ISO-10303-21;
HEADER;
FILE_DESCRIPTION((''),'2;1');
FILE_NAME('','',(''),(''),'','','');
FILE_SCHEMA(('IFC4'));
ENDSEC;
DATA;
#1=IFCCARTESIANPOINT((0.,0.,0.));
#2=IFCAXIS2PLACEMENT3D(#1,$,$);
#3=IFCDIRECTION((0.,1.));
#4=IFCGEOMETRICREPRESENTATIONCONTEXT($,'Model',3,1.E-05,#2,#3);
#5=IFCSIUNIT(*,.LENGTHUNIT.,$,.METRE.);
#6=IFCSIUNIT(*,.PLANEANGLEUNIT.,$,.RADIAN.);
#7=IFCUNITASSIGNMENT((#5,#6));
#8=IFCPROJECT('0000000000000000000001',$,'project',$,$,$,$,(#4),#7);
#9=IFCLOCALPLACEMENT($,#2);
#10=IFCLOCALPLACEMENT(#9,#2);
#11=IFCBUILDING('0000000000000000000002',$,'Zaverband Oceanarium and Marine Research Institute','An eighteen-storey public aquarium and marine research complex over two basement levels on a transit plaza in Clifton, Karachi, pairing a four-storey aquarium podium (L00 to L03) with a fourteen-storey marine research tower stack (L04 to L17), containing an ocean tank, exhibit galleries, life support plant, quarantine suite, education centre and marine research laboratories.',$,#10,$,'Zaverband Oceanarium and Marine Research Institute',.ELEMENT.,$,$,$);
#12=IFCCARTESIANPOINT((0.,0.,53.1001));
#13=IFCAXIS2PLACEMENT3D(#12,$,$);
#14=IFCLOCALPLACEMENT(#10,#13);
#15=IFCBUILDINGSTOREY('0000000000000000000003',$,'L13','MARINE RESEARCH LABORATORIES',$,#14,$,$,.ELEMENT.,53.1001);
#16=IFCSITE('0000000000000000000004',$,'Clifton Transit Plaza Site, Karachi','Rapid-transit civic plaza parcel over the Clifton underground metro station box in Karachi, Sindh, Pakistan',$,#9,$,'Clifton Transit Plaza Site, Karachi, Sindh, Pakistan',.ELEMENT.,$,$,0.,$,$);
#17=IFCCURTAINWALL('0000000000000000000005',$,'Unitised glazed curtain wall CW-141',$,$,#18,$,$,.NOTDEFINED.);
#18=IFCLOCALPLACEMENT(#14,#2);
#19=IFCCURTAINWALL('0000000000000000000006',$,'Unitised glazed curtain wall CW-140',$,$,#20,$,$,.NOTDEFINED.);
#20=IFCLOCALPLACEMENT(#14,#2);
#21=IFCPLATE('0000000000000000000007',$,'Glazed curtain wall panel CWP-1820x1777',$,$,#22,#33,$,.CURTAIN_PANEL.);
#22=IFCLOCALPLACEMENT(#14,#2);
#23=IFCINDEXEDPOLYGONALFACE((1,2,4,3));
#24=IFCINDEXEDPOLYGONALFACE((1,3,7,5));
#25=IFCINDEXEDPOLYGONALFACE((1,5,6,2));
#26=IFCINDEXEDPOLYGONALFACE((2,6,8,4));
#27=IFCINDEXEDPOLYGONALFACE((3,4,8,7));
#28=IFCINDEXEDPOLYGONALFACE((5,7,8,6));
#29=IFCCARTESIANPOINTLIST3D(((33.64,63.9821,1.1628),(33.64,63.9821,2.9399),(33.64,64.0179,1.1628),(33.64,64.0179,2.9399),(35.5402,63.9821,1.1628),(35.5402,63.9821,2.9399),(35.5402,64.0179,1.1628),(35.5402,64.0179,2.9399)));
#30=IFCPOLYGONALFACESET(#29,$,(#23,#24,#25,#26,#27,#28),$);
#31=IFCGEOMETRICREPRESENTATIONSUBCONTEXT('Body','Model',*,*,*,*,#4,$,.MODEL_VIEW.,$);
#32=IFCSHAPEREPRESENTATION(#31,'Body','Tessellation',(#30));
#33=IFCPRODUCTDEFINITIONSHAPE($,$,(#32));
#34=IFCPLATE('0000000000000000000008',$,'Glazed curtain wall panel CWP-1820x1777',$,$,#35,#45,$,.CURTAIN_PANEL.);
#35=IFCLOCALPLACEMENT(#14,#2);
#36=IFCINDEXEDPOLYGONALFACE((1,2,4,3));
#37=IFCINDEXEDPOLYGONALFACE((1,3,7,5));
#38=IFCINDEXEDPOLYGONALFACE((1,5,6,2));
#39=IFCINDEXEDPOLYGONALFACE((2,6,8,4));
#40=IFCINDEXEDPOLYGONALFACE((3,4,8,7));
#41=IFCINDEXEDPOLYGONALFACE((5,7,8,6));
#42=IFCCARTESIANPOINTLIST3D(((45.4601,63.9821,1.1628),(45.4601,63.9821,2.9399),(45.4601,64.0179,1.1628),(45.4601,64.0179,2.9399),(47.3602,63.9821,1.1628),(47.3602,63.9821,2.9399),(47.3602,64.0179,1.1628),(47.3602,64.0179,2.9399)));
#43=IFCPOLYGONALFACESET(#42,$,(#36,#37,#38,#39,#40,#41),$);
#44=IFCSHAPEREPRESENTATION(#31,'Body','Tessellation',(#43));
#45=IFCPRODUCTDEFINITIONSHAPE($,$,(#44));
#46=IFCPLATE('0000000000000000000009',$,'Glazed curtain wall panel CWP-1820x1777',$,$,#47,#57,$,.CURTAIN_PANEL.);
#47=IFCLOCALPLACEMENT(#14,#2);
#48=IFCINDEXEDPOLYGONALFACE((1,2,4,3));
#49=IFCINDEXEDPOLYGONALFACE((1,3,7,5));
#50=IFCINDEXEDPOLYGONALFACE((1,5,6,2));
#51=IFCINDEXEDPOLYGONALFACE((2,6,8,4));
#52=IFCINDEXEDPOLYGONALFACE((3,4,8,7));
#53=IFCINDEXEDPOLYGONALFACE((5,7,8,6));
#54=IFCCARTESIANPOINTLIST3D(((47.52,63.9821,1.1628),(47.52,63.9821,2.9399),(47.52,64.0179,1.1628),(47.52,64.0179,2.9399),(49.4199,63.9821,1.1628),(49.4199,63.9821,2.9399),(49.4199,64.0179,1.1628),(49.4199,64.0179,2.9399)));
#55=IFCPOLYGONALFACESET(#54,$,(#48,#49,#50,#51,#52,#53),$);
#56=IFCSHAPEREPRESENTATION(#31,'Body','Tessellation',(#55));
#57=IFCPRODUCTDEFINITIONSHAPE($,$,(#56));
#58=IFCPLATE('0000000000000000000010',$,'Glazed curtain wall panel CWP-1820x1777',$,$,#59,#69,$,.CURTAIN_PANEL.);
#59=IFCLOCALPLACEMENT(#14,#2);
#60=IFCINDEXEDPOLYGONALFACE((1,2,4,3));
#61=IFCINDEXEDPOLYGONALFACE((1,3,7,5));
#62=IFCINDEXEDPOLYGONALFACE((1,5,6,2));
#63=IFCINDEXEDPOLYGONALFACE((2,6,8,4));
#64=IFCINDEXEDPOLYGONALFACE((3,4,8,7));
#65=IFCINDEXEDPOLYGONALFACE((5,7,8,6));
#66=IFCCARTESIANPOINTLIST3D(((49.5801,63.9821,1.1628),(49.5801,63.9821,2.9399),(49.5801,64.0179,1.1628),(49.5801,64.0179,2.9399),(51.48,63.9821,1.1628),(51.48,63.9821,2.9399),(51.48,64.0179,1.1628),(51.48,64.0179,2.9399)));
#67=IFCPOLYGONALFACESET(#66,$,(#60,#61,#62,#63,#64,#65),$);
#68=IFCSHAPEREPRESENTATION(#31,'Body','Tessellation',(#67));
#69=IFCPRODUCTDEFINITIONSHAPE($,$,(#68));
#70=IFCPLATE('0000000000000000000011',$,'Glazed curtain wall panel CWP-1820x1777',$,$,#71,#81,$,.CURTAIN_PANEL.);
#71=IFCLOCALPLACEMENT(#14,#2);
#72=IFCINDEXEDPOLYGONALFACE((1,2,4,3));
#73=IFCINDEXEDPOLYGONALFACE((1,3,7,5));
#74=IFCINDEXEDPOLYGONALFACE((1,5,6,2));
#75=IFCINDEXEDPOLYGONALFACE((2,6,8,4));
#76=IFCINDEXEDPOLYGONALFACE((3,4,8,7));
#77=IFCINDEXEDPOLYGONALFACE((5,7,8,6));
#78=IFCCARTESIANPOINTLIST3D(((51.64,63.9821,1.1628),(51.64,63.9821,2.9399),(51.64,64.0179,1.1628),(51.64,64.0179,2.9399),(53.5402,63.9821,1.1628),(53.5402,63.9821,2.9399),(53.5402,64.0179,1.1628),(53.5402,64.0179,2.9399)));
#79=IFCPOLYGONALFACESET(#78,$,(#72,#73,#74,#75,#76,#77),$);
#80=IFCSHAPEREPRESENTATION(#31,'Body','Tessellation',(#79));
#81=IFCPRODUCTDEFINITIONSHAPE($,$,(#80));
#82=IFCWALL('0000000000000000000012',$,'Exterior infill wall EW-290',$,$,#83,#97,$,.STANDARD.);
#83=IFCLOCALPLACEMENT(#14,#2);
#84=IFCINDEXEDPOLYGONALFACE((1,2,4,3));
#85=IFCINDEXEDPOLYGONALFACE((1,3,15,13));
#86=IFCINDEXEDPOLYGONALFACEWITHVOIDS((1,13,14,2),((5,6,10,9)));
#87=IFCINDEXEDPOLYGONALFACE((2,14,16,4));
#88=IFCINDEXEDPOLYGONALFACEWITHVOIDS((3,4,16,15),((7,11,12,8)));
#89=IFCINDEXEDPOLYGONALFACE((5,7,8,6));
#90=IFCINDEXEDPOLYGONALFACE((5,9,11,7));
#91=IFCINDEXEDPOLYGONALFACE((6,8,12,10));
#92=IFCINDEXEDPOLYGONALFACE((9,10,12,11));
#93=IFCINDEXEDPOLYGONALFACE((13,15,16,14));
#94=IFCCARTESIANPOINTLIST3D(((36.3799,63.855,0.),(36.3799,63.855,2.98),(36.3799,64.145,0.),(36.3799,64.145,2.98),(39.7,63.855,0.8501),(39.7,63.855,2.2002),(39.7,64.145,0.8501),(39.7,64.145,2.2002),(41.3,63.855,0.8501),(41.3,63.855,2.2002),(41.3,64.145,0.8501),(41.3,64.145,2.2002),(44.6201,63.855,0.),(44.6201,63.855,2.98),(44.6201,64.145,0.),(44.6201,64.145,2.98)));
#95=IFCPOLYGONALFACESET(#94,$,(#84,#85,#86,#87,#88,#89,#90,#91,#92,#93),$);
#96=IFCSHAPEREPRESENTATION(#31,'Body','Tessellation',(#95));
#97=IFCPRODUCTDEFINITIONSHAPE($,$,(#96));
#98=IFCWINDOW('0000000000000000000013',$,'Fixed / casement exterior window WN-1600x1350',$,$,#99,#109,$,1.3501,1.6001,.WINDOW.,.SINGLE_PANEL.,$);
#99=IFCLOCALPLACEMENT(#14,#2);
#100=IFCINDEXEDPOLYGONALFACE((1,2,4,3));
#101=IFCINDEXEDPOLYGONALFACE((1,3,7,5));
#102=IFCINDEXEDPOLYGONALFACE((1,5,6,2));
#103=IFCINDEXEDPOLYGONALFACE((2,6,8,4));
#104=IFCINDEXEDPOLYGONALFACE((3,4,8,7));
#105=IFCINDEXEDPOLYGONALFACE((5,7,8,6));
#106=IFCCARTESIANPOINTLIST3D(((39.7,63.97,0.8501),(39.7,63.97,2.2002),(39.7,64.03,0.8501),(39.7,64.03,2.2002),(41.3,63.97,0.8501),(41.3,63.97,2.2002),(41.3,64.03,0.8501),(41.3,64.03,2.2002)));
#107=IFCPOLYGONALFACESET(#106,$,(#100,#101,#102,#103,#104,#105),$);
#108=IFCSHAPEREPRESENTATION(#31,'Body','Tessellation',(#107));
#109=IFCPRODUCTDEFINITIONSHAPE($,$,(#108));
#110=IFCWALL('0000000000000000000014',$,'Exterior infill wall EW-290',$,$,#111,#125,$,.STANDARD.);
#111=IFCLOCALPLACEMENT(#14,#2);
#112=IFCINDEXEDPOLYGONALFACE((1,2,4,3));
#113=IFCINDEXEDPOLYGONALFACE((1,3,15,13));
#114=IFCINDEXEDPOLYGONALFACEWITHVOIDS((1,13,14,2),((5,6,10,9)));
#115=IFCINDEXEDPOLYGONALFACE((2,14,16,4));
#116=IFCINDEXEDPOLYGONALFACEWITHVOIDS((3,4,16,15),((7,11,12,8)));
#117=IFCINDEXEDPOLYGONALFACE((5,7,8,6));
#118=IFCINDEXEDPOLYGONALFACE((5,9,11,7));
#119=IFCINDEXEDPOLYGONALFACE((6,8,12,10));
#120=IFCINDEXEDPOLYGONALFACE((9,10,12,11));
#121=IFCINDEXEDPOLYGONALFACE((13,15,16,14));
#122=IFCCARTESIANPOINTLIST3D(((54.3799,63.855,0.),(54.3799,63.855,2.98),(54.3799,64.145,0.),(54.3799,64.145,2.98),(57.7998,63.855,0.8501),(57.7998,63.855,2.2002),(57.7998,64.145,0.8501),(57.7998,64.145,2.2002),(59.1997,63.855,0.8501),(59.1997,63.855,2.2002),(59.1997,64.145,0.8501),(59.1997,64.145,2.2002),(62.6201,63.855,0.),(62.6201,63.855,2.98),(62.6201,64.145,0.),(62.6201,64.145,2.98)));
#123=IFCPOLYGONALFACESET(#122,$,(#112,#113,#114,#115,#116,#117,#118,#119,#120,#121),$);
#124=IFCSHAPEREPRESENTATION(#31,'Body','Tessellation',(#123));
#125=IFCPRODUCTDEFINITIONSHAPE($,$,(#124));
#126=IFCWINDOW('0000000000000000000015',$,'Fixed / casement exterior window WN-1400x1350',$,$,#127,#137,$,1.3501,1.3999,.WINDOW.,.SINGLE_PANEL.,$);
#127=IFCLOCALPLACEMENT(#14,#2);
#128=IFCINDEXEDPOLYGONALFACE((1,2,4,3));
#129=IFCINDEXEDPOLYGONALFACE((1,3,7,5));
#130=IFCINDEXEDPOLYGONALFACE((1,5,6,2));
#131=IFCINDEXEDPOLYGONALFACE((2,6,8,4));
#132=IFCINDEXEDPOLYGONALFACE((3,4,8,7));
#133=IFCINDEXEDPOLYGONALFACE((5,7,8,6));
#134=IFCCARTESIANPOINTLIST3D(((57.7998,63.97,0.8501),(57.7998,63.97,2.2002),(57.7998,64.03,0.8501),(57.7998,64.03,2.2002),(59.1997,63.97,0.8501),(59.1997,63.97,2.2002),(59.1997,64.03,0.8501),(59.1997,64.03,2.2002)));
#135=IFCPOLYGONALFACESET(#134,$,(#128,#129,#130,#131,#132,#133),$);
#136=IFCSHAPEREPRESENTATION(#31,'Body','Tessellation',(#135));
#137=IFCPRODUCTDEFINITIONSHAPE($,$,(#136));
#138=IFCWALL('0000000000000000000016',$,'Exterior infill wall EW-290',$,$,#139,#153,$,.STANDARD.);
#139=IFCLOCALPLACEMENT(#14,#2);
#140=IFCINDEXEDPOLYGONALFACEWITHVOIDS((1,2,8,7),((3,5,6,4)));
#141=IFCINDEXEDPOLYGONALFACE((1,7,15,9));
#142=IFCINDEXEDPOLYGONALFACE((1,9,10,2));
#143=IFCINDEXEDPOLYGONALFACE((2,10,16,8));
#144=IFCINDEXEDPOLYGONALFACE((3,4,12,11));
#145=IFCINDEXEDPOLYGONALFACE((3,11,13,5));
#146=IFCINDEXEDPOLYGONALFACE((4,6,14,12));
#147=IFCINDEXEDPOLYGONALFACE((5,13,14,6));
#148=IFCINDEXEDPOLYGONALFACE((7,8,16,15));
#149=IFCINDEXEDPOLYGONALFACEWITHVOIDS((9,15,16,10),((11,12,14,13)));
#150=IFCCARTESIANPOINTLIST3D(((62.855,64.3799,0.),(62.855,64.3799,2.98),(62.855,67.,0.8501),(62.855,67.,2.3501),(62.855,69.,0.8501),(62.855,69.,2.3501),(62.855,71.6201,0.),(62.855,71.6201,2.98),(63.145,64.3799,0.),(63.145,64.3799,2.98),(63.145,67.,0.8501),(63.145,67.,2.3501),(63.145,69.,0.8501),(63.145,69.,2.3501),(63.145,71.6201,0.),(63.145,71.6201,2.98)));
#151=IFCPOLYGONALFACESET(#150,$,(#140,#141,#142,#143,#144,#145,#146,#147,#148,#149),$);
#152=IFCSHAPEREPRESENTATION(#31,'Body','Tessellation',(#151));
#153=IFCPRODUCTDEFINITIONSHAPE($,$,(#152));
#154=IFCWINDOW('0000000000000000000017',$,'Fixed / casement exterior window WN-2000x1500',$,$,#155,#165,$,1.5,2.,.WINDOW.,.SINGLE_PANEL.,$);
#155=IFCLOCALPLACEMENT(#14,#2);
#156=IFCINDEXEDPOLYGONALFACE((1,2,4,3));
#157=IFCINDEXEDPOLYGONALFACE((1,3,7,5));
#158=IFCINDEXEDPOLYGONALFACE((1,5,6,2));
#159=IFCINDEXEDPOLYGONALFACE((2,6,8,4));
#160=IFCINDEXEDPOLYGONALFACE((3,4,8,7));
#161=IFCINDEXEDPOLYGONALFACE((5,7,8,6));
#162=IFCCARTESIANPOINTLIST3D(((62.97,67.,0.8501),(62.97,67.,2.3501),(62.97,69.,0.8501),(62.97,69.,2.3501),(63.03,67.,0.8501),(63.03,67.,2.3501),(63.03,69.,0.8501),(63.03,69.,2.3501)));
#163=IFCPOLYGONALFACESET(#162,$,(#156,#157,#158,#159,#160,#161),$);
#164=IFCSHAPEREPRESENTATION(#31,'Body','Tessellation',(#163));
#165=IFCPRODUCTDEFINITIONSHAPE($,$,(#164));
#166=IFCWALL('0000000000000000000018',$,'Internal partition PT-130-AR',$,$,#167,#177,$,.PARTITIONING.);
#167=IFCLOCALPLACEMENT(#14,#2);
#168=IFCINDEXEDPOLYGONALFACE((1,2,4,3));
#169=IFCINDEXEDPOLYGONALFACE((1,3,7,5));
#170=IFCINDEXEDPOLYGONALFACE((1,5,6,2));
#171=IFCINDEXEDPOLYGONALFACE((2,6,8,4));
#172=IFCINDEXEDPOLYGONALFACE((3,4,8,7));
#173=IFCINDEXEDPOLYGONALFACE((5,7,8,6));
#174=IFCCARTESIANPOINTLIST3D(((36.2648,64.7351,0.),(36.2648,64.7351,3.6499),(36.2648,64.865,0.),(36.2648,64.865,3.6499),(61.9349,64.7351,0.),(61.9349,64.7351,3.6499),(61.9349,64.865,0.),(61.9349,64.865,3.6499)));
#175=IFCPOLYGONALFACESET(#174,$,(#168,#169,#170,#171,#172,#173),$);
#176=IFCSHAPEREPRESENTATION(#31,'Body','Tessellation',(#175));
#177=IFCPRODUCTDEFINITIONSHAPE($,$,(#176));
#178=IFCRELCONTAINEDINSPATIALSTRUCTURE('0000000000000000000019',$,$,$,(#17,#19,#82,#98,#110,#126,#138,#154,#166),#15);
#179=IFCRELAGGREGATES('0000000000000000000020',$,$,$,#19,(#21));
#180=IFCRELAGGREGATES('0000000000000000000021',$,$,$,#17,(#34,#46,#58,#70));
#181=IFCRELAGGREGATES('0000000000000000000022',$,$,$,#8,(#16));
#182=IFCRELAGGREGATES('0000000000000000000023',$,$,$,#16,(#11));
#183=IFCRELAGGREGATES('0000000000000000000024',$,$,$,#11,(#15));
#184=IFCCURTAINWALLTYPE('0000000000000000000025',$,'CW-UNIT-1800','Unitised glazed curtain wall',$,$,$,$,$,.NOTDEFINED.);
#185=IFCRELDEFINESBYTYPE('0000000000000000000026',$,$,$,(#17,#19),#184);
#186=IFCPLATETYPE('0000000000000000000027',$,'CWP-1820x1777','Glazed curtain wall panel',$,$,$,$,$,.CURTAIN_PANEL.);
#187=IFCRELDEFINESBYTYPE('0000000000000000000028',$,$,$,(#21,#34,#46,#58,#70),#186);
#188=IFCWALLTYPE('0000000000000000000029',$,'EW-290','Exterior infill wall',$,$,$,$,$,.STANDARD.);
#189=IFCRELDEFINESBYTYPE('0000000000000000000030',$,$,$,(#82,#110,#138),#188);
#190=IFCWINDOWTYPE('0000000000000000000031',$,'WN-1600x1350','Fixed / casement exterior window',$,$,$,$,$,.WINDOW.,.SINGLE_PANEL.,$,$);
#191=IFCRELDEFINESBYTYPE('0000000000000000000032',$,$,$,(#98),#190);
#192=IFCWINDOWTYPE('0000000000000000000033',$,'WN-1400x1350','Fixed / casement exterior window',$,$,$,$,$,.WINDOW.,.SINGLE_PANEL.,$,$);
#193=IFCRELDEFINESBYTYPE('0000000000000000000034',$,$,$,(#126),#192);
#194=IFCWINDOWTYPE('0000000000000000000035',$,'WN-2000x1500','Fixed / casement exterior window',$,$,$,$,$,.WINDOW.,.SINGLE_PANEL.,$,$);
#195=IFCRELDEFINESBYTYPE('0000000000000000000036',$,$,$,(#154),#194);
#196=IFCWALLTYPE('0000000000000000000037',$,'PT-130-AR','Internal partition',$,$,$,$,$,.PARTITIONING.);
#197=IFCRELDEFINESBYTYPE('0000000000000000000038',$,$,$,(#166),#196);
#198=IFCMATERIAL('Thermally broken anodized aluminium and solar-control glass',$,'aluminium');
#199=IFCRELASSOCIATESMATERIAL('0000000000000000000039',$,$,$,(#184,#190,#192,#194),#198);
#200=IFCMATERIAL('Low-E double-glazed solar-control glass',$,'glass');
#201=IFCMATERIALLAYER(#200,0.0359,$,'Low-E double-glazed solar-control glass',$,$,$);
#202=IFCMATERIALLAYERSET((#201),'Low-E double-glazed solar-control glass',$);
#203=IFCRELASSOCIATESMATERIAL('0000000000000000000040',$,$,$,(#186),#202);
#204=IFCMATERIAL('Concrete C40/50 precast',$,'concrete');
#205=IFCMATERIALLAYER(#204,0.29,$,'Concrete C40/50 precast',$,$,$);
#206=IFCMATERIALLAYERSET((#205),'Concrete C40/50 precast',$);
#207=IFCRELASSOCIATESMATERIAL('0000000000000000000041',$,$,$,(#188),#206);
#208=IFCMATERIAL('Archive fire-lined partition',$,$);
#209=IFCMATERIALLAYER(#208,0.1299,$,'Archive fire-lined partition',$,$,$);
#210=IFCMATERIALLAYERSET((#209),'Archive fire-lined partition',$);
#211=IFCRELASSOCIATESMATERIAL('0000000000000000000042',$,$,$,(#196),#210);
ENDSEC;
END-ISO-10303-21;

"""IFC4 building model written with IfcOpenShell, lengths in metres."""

from ifc_helpers import new_model, si_unit, direction, frame, frame_2d, origin, place, context, subcontext, project, spatial, rectangle, extrude, material, layer, layer_set, type_object, element, fill, aggregate, save


model = new_model("IFC4")

# Units and contexts
model_context = context("Model", 3, precision=1e-05, world=origin(), true_north=direction((0.0, 1.0)))
body_context = subcontext(model_context, "Body", "Model", "MODEL_VIEW")
ifc_project = project(units=[si_unit("LENGTHUNIT", "METRE"), si_unit("PLANEANGLEUNIT", "RADIAN")], contexts=[model_context])

# Site, building, storey
site_placement = place(None, origin())
site = spatial("IfcSite", under=ifc_project, at=site_placement, Name="Clifton Transit Plaza Site, Karachi", Description="Rapid-transit civic plaza parcel over the Clifton underground metro station box in Karachi, Sindh, Pakistan", LongName="Clifton Transit Plaza Site, Karachi, Sindh, Pakistan", CompositionType="ELEMENT", RefElevation=0.0)
building_placement = place(site_placement, origin())
building = spatial("IfcBuilding", under=site, at=building_placement, Name="Zaverband Oceanarium and Marine Research Institute", Description="An eighteen-storey public aquarium and marine research complex over two basement levels on a transit plaza in Clifton, Karachi, pairing a four-storey aquarium podium (L00 to L03) with a fourteen-storey marine research tower stack (L04 to L17), containing an ocean tank, exhibit galleries, life support plant, quarantine suite, education centre and marine research laboratories.", LongName="Zaverband Oceanarium and Marine Research Institute", CompositionType="ELEMENT")
storey_placement = place(building_placement, frame((0.0, 0.0, 53.1001)))
storey = spatial("IfcBuildingStorey", under=building, at=storey_placement, Name="L13", Description="MARINE RESEARCH LABORATORIES", CompositionType="ELEMENT", Elevation=53.1001)

# Curtain wall
ifc_material_1 = material(Name="Thermally broken anodized aluminium and solar-control glass", Category="aluminium")
curtain_wall_type = type_object("IfcCurtainWallType", Name="CW-UNIT-1800", Description="Unitised glazed curtain wall", PredefinedType="NOTDEFINED", material=ifc_material_1)
curtain_wall_1_placement = place(storey_placement, origin())
curtain_wall_1 = element("IfcCurtainWall", 1, at=curtain_wall_1_placement, inside=storey, type_object=curtain_wall_type, Name="Unitised glazed curtain wall CW-141", PredefinedType="NOTDEFINED")

# Curtain wall
curtain_wall_2_placement = place(storey_placement, origin())
curtain_wall_2 = element("IfcCurtainWall", 2, at=curtain_wall_2_placement, inside=storey, type_object=curtain_wall_type, Name="Unitised glazed curtain wall CW-140", PredefinedType="NOTDEFINED")
ifc_material_2 = material(Name="Low-E double-glazed solar-control glass", Category="glass")

# Plates
ifc_layer_1 = layer(ifc_material_2, 0.0359, Name="Low-E double-glazed solar-control glass")
ifc_layer_set_1 = layer_set([ifc_layer_1], Name="Low-E double-glazed solar-control glass")
plate_type_1 = type_object("IfcPlateType", Name="CWP-1820x1777", Description="Glazed curtain wall panel", PredefinedType="CURTAIN_PANEL", material=ifc_layer_set_1)
plate_1_placement = place(storey_placement, frame((33.6399, 64.0, 1.1628), z_axis=(0.0, 0.0, 1.0), x_axis=(1.0, 0.0, 0.0)))
plate_1 = element("IfcPlate", 3, at=plate_1_placement, type_object=plate_type_1, Name="Glazed curtain wall panel CWP-1820x1777", PredefinedType="CURTAIN_PANEL", context=body_context, shape_type="SweptSolid", body=[
    extrude(rectangle(XDim=1.9001, YDim=0.0359, at=frame_2d((0.9502, 0.0))), origin(), (0.0, 0.0, 1.0), 1.7771),
])
aggregate(curtain_wall_2, [plate_1])
plate_2_placement = place(storey_placement, frame((45.46, 64.0, 1.1628), z_axis=(0.0, 0.0, 1.0), x_axis=(1.0, 0.0, 0.0)))
plate_2 = element("IfcPlate", 4, at=plate_2_placement, type_object=plate_type_1, Name="Glazed curtain wall panel CWP-1820x1777", PredefinedType="CURTAIN_PANEL", context=body_context, shape_type="SweptSolid", body=[
    extrude(rectangle(XDim=1.9001, YDim=0.0359, at=frame_2d((0.9502, 0.0))), origin(), (0.0, 0.0, 1.0), 1.7771),
])
plate_3_placement = place(storey_placement, frame((47.52, 64.0, 1.1628), z_axis=(0.0, 0.0, 1.0), x_axis=(1.0, 0.0, 0.0)))
plate_3 = element("IfcPlate", 5, at=plate_3_placement, type_object=plate_type_1, Name="Glazed curtain wall panel CWP-1820x1777", PredefinedType="CURTAIN_PANEL", context=body_context, shape_type="SweptSolid", body=[
    extrude(rectangle(XDim=1.8999, YDim=0.0359, at=frame_2d((0.95, 0.0))), origin(), (0.0, 0.0, 1.0), 1.7771),
])
plate_4_placement = place(storey_placement, frame((49.5801, 64.0, 1.1628), z_axis=(0.0, 0.0, 1.0), x_axis=(1.0, 0.0, 0.0)))
plate_4 = element("IfcPlate", 6, at=plate_4_placement, type_object=plate_type_1, Name="Glazed curtain wall panel CWP-1820x1777", PredefinedType="CURTAIN_PANEL", context=body_context, shape_type="SweptSolid", body=[
    extrude(rectangle(XDim=1.8999, YDim=0.0359, at=frame_2d((0.95, 0.0))), origin(), (0.0, 0.0, 1.0), 1.7771),
])
plate_5_placement = place(storey_placement, frame((51.6399, 64.0, 1.1628), z_axis=(0.0, 0.0, 1.0), x_axis=(1.0, 0.0, 0.0)))
plate_5 = element("IfcPlate", 7, at=plate_5_placement, type_object=plate_type_1, Name="Glazed curtain wall panel CWP-1820x1777", PredefinedType="CURTAIN_PANEL", context=body_context, shape_type="SweptSolid", body=[
    extrude(rectangle(XDim=1.9001, YDim=0.0359, at=frame_2d((0.9502, 0.0))), origin(), (0.0, 0.0, 1.0), 1.7771),
])
aggregate(curtain_wall_1, [plate_2, plate_3, plate_4, plate_5])

# Walls, openings, windows
ifc_material_3 = material(Name="Concrete C40/50 precast", Category="concrete")
ifc_layer_2 = layer(ifc_material_3, 0.29, Name="Concrete C40/50 precast")
ifc_layer_set_2 = layer_set([ifc_layer_2], Name="Concrete C40/50 precast")
wall_type_1 = type_object("IfcWallType", Name="EW-290", Description="Exterior infill wall", PredefinedType="STANDARD", material=ifc_layer_set_2)
wall_1_placement = place(storey_placement, frame((36.3799, 64.0, 0.0), z_axis=(0.0, 0.0, 1.0), x_axis=(1.0, 0.0, 0.0)))
wall_1 = element("IfcWall", 8, at=wall_1_placement, inside=storey, type_object=wall_type_1, Name="Exterior infill wall EW-290", PredefinedType="STANDARD", context=body_context, shape_type="SweptSolid", body=[
    extrude(rectangle(XDim=8.2402, YDim=0.29, at=frame_2d((4.1201, 0.0))), origin(), (0.0, 0.0, 1.0), 2.98),
])
opening_1_placement = place(wall_1_placement, frame((3.3201, 0.0, 0.8501)))
opening_1 = element("IfcOpeningElement", 9, at=opening_1_placement, cuts=wall_1, PredefinedType="OPENING", context=body_context, shape_type="SweptSolid", body=[
    extrude(rectangle(XDim=1.6001, YDim=1.3501, at=frame_2d((0.8, 0.675))), frame((0.0, 0.157, 0.0), z_axis=(0.0, -1.0, 0.0), x_axis=(1.0, 0.0, 0.0)), (0.0, 0.0, 1.0), 0.314),
])
window_type_1 = type_object("IfcWindowType", Name="WN-1600x1350", Description="Fixed / casement exterior window", PartitioningType="SINGLE_PANEL", PredefinedType="WINDOW", material=ifc_material_1)
window_1_placement = place(opening_1_placement, origin())
window_1 = element("IfcWindow", 10, at=window_1_placement, inside=storey, type_object=window_type_1, Name="Fixed / casement exterior window WN-1600x1350", OverallHeight=1.3501, OverallWidth=1.6001, PartitioningType="SINGLE_PANEL", PredefinedType="WINDOW", context=body_context, shape_type="SweptSolid", body=[
    extrude(rectangle(XDim=1.6001, YDim=1.3501, at=frame_2d((0.8, 0.675))), frame((0.0, 0.03, 0.0), z_axis=(0.0, -1.0, 0.0), x_axis=(1.0, 0.0, 0.0)), (0.0, 0.0, 1.0), 0.0601),
])
fill(opening_1, window_1)
wall_2_placement = place(storey_placement, frame((54.3799, 64.0, 0.0), z_axis=(0.0, 0.0, 1.0), x_axis=(1.0, 0.0, 0.0)))
wall_2 = element("IfcWall", 11, at=wall_2_placement, inside=storey, type_object=wall_type_1, Name="Exterior infill wall EW-290", PredefinedType="STANDARD", context=body_context, shape_type="SweptSolid", body=[
    extrude(rectangle(XDim=8.2402, YDim=0.29, at=frame_2d((4.1201, 0.0))), origin(), (0.0, 0.0, 1.0), 2.98),
])
opening_2_placement = place(wall_2_placement, frame((3.4199, 0.0, 0.8501)))
opening_2 = element("IfcOpeningElement", 12, at=opening_2_placement, cuts=wall_2, PredefinedType="OPENING", context=body_context, shape_type="SweptSolid", body=[
    extrude(rectangle(XDim=1.3999, YDim=1.3501, at=frame_2d((0.7, 0.675))), frame((0.0, 0.157, 0.0), z_axis=(0.0, -1.0, 0.0), x_axis=(1.0, 0.0, 0.0)), (0.0, 0.0, 1.0), 0.314),
])
window_type_2 = type_object("IfcWindowType", Name="WN-1400x1350", Description="Fixed / casement exterior window", PartitioningType="SINGLE_PANEL", PredefinedType="WINDOW", material=ifc_material_1)
window_2_placement = place(opening_2_placement, origin())
window_2 = element("IfcWindow", 13, at=window_2_placement, inside=storey, type_object=window_type_2, Name="Fixed / casement exterior window WN-1400x1350", OverallHeight=1.3501, OverallWidth=1.3999, PartitioningType="SINGLE_PANEL", PredefinedType="WINDOW", context=body_context, shape_type="SweptSolid", body=[
    extrude(rectangle(XDim=1.3999, YDim=1.3501, at=frame_2d((0.7, 0.675))), frame((0.0, 0.03, 0.0), z_axis=(0.0, -1.0, 0.0), x_axis=(1.0, 0.0, 0.0)), (0.0, 0.0, 1.0), 0.0601),
])
fill(opening_2, window_2)
wall_3_placement = place(storey_placement, frame((63.0, 64.3799, 0.0), z_axis=(0.0, 0.0, 1.0), x_axis=(0.0, 1.0, 0.0)))
wall_3 = element("IfcWall", 14, at=wall_3_placement, inside=storey, type_object=wall_type_1, Name="Exterior infill wall EW-290", PredefinedType="STANDARD", context=body_context, shape_type="SweptSolid", body=[
    extrude(rectangle(XDim=7.2402, YDim=0.29, at=frame_2d((3.6201, 0.0))), origin(), (0.0, 0.0, 1.0), 2.98),
])
opening_3_placement = place(wall_3_placement, frame((2.6201, 0.0, 0.8501)))
opening_3 = element("IfcOpeningElement", 15, at=opening_3_placement, cuts=wall_3, PredefinedType="OPENING", context=body_context, shape_type="SweptSolid", body=[
    extrude(rectangle(XDim=2.0, YDim=1.5, at=frame_2d((1.0, 0.75))), frame((0.0, 0.157, 0.0), z_axis=(0.0, -1.0, 0.0), x_axis=(1.0, 0.0, 0.0)), (0.0, 0.0, 1.0), 0.314),
])
window_type_3 = type_object("IfcWindowType", Name="WN-2000x1500", Description="Fixed / casement exterior window", PartitioningType="SINGLE_PANEL", PredefinedType="WINDOW", material=ifc_material_1)
window_3_placement = place(opening_3_placement, origin())
window_3 = element("IfcWindow", 16, at=window_3_placement, inside=storey, type_object=window_type_3, Name="Fixed / casement exterior window WN-2000x1500", OverallHeight=1.5, OverallWidth=2.0, PartitioningType="SINGLE_PANEL", PredefinedType="WINDOW", context=body_context, shape_type="SweptSolid", body=[
    extrude(rectangle(XDim=2.0, YDim=1.5, at=frame_2d((1.0, 0.75))), frame((0.0, 0.03, 0.0), z_axis=(0.0, -1.0, 0.0), x_axis=(1.0, 0.0, 0.0)), (0.0, 0.0, 1.0), 0.0601),
])
fill(opening_3, window_3)

# Wall
ifc_material_4 = material(Name="Archive fire-lined partition")
ifc_layer_3 = layer(ifc_material_4, 0.1299, Name="Archive fire-lined partition")
ifc_layer_set_3 = layer_set([ifc_layer_3], Name="Archive fire-lined partition")
wall_type_2 = type_object("IfcWallType", Name="PT-130-AR", Description="Internal partition", PredefinedType="PARTITIONING", material=ifc_layer_set_3)
wall_4_placement = place(storey_placement, frame((36.2649, 64.8, 0.0), z_axis=(0.0, 0.0, 1.0), x_axis=(1.0, 0.0, 0.0)))
element("IfcWall", 17, at=wall_4_placement, inside=storey, type_object=wall_type_2, Name="Internal partition PT-130-AR", PredefinedType="PARTITIONING", context=body_context, shape_type="SweptSolid", body=[
    extrude(rectangle(XDim=25.6702, YDim=0.1299, at=frame_2d((12.835, 0.0))), origin(), (0.0, 0.0, 1.0), 3.6499),
])

save(model, "model.ifc")
